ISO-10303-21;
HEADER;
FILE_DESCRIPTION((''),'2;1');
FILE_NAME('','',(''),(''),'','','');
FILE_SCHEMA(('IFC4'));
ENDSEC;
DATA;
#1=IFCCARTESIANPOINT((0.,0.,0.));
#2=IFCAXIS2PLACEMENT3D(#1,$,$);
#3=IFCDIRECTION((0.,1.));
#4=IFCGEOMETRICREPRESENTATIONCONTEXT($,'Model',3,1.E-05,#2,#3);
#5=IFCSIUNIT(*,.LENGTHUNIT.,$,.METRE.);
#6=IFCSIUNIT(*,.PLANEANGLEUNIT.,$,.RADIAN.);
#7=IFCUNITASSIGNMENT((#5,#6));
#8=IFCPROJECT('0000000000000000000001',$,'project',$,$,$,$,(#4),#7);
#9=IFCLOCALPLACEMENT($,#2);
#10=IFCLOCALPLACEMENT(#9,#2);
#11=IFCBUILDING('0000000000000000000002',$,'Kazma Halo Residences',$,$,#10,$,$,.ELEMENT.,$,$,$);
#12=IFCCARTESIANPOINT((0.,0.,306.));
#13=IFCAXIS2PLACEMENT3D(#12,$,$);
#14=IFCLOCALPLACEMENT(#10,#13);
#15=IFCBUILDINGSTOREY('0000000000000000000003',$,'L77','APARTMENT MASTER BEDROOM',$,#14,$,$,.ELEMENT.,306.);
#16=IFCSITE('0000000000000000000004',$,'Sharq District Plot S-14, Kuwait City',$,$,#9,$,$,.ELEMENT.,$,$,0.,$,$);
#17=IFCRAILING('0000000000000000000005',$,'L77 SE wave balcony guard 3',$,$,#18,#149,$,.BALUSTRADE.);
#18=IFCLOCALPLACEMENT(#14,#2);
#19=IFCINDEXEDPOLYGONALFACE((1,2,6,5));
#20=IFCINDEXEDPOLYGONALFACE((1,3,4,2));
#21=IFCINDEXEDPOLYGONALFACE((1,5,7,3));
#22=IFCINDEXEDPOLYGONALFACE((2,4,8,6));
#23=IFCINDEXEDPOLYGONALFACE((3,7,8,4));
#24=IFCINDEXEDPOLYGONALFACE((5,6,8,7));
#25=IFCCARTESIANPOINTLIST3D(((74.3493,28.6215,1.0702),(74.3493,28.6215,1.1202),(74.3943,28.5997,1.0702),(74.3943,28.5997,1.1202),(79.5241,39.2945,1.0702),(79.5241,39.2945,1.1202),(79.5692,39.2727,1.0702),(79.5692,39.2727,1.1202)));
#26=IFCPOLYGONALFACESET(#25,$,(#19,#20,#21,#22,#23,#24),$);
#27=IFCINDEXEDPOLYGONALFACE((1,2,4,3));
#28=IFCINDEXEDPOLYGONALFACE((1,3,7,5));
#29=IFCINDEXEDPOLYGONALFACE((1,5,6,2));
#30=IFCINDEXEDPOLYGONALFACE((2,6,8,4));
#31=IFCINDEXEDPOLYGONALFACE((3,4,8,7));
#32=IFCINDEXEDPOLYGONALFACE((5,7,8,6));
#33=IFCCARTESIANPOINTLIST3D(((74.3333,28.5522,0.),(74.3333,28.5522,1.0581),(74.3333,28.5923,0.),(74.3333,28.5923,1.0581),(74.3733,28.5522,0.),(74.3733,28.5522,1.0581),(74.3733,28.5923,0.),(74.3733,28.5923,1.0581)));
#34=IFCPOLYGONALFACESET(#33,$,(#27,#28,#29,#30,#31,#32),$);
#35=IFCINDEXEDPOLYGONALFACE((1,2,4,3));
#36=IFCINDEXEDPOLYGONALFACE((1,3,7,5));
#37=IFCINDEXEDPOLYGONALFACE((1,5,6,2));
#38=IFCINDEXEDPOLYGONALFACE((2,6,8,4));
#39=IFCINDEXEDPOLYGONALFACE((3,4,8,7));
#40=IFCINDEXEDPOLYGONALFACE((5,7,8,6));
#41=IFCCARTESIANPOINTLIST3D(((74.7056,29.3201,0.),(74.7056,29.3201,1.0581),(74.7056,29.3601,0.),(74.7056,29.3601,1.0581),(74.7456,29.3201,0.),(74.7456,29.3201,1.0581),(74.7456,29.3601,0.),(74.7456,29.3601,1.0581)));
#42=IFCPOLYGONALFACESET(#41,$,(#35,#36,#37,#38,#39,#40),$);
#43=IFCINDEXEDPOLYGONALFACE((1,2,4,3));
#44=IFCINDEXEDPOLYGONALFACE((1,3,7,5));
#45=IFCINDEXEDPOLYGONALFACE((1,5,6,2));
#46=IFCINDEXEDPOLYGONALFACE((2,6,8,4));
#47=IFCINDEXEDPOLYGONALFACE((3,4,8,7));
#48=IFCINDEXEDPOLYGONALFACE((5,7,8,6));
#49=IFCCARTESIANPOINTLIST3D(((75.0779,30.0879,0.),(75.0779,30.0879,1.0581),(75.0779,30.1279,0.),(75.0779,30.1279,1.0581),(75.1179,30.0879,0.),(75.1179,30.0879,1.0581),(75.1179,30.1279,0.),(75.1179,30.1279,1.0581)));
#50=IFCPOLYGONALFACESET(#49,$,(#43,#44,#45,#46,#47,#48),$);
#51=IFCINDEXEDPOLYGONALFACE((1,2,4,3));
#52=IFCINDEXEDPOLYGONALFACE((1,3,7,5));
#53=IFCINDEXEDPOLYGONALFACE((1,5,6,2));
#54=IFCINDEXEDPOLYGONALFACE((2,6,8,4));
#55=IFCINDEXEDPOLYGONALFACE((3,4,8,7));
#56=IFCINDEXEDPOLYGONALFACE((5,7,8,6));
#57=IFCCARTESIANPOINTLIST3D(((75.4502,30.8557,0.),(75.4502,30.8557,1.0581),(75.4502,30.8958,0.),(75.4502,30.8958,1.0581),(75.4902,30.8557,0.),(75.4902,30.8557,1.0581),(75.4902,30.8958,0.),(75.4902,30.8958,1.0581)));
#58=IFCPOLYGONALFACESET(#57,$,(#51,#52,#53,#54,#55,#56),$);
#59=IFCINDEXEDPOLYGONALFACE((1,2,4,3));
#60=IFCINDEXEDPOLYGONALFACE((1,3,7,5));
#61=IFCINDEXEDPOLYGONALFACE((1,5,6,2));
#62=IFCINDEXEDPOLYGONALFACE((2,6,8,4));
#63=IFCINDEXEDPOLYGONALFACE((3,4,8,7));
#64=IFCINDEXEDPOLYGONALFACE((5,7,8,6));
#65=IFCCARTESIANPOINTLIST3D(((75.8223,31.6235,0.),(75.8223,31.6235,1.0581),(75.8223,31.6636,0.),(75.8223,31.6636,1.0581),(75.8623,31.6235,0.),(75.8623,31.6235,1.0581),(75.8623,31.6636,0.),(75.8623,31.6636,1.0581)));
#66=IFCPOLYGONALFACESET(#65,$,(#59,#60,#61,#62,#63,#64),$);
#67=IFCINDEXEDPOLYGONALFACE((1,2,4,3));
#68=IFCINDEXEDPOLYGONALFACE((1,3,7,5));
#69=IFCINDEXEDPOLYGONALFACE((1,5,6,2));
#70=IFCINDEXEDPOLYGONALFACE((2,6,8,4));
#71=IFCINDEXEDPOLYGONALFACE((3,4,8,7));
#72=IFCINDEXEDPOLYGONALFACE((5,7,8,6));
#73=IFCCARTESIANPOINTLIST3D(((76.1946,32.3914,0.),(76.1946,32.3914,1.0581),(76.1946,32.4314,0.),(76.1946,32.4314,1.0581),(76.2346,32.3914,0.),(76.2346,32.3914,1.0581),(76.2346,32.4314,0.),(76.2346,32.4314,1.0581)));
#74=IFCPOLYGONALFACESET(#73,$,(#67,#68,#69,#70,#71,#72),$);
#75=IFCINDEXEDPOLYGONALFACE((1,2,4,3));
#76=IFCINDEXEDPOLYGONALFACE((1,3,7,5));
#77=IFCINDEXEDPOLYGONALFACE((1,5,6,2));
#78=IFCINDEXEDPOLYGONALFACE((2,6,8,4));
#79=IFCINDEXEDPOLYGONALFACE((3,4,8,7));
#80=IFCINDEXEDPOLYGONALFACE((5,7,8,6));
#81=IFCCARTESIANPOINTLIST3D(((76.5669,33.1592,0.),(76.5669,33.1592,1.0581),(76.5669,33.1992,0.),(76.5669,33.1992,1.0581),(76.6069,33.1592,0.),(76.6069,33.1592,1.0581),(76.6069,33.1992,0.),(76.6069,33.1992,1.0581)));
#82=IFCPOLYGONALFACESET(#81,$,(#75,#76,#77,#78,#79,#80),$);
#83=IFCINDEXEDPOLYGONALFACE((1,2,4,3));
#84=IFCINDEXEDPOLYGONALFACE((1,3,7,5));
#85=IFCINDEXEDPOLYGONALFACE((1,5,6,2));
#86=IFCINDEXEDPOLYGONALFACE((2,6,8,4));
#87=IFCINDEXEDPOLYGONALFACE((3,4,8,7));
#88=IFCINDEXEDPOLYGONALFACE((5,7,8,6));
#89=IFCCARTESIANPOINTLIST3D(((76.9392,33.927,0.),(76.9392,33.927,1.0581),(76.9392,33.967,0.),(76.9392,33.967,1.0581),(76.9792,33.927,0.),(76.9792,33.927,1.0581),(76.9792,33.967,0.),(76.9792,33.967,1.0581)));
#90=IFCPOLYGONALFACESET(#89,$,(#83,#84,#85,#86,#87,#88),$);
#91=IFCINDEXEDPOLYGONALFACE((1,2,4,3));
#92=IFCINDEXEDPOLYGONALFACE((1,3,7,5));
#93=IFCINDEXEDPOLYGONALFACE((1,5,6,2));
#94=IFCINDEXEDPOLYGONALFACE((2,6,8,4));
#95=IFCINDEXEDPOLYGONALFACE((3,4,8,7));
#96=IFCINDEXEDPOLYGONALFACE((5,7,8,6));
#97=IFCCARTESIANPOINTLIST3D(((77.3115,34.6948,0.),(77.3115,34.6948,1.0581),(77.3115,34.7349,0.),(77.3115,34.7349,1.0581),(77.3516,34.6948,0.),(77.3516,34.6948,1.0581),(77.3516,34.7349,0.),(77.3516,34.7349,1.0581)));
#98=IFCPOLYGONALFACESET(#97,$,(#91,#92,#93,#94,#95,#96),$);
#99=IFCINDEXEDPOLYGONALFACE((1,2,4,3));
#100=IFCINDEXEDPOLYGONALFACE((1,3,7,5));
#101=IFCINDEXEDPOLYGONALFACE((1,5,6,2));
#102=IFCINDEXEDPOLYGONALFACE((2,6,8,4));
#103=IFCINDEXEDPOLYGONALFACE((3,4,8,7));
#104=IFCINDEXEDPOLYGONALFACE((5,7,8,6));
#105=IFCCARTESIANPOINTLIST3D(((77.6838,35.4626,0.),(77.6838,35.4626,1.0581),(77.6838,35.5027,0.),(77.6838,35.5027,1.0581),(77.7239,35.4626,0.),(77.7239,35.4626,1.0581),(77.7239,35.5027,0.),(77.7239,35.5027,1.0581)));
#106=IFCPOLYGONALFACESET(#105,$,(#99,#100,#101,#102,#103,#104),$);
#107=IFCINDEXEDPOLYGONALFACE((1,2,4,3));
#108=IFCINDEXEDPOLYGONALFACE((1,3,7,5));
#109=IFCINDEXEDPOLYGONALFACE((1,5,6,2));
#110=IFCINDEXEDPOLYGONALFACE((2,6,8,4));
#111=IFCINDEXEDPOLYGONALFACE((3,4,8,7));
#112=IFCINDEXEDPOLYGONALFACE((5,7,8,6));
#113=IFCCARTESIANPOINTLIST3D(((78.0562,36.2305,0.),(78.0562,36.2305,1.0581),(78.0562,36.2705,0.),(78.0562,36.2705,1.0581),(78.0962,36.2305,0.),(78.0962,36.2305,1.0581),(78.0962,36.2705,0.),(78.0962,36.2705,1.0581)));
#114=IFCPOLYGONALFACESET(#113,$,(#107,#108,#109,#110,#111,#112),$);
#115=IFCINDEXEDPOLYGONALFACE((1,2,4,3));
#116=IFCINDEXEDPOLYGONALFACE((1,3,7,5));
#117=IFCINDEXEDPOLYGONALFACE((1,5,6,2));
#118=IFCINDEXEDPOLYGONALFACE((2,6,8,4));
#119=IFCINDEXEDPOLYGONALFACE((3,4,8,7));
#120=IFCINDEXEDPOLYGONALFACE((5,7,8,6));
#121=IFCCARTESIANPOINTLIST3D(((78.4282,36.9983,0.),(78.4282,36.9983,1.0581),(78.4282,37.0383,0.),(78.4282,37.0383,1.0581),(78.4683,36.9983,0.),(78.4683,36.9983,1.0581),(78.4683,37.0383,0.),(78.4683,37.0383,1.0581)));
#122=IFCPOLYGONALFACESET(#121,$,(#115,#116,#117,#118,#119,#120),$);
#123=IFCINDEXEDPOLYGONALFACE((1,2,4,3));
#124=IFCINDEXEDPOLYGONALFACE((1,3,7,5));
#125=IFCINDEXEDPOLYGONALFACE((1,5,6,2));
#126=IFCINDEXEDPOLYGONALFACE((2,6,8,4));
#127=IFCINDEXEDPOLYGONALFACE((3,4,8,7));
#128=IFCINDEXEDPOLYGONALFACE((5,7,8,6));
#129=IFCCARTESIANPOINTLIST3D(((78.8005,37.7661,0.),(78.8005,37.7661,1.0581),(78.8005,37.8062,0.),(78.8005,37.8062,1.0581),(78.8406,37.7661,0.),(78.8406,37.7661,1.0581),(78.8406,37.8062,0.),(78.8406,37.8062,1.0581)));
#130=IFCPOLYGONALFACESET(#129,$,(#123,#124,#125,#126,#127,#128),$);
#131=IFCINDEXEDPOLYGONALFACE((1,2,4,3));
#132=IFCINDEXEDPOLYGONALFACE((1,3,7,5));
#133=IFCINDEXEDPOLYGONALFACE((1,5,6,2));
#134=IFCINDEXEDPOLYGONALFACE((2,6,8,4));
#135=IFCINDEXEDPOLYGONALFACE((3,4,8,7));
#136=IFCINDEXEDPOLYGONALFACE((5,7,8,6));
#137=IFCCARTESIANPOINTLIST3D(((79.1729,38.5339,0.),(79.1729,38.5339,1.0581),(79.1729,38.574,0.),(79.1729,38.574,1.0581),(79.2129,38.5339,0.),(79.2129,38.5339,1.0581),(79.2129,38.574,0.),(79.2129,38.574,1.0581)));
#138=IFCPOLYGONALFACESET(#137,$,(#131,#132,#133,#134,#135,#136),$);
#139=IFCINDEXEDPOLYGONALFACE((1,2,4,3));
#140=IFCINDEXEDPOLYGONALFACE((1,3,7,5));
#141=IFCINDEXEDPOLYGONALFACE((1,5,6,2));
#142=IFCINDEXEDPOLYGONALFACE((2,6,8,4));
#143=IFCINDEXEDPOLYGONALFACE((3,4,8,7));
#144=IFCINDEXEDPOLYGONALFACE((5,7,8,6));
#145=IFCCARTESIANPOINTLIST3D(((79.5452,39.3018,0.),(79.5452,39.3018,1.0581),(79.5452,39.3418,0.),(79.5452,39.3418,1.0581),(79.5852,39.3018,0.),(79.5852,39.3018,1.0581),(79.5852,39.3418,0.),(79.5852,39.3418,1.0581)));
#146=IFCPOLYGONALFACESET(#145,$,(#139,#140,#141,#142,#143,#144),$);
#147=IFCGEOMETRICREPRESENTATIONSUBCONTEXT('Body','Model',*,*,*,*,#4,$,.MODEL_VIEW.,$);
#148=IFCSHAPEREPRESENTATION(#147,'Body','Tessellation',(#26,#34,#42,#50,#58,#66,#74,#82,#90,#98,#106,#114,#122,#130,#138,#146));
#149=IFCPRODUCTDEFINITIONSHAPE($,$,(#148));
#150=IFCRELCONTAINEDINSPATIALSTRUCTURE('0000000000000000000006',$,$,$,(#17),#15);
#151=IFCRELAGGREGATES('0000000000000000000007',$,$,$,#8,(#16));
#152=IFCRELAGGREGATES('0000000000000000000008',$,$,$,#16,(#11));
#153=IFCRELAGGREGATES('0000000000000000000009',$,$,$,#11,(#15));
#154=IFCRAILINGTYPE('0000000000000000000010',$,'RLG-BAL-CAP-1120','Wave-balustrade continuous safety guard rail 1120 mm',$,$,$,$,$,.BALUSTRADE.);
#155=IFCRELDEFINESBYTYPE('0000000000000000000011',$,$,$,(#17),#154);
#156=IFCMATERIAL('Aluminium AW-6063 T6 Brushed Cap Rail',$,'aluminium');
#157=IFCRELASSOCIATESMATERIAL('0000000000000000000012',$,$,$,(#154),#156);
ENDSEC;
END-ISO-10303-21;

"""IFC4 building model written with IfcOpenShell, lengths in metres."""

from ifc_helpers import new_model, si_unit, direction, frame, origin, origin_2d, place, context, subcontext, project, spatial, rectangle, extrude, material, type_object, element, save


model = new_model("IFC4")

# Units and contexts
model_context = context("Model", 3, precision=1e-05, world=origin(), true_north=direction((0.0, 1.0)))
body_context = subcontext(model_context, "Body", "Model", "MODEL_VIEW")
ifc_project = project(units=[si_unit("LENGTHUNIT", "METRE"), si_unit("PLANEANGLEUNIT", "RADIAN")], contexts=[model_context])

# Site, building, storey
site_placement = place(None, origin())
site = spatial("IfcSite", under=ifc_project, at=site_placement, Name="Sharq District Plot S-14, Kuwait City", CompositionType="ELEMENT", RefElevation=0.0)
building_placement = place(site_placement, origin())
building = spatial("IfcBuilding", under=site, at=building_placement, Name="Kazma Halo Residences", CompositionType="ELEMENT")
storey_placement = place(building_placement, frame((0.0, 0.0, 306.0)))
storey = spatial("IfcBuildingStorey", under=building, at=storey_placement, Name="L77", Description="APARTMENT MASTER BEDROOM", CompositionType="ELEMENT", Elevation=306.0)

# Railing
ifc_material_1 = material(Name="Aluminium AW-6063 T6 Brushed Cap Rail", Category="aluminium")
railing_type = type_object("IfcRailingType", Name="RLG-BAL-CAP-1120", Description="Wave-balustrade continuous safety guard rail 1120 mm", PredefinedType="BALUSTRADE", material=ifc_material_1)
railing_1_placement = place(storey_placement, frame((74.3533, 28.5723, 0.0)))
element("IfcRailing", 1, at=railing_1_placement, inside=storey, type_object=railing_type, Name="L77 SE wave balcony guard 3", PredefinedType="BALUSTRADE", context=body_context, shape_type="SweptSolid", body=[
    extrude(rectangle(XDim=0.05, YDim=0.05, at=origin_2d()), frame((0.0186, 0.0383, 1.0952), z_axis=(0.436276, 0.899813, 0.0), x_axis=(-0.899813, 0.436276, 0.0)), (0.0, 0.0, 1.0), 11.8613),
    extrude(rectangle(XDim=0.04, YDim=0.04, at=origin_2d()), origin(), (0.0, 0.0, 1.0), 1.0581),
    extrude(rectangle(XDim=0.04, YDim=0.04, at=origin_2d()), frame((0.3723, 0.7678, 0.0)), (0.0, 0.0, 1.0), 1.0581),
    extrude(rectangle(XDim=0.04, YDim=0.04, at=origin_2d()), frame((0.7446, 1.5356, 0.0)), (0.0, 0.0, 1.0), 1.0581),
    extrude(rectangle(XDim=0.04, YDim=0.04, at=origin_2d()), frame((1.1169, 2.3035, 0.0)), (0.0, 0.0, 1.0), 1.0581),
    extrude(rectangle(XDim=0.04, YDim=0.04, at=origin_2d()), frame((1.489, 3.0713, 0.0)), (0.0, 0.0, 1.0), 1.0581),
    extrude(rectangle(XDim=0.04, YDim=0.04, at=origin_2d()), frame((1.8613, 3.8391, 0.0)), (0.0, 0.0, 1.0), 1.0581),
    extrude(rectangle(XDim=0.04, YDim=0.04, at=origin_2d()), frame((2.2336, 4.6069, 0.0)), (0.0, 0.0, 1.0), 1.0581),
    extrude(rectangle(XDim=0.04, YDim=0.04, at=origin_2d()), frame((2.606, 5.3748, 0.0)), (0.0, 0.0, 1.0), 1.0581),
    extrude(rectangle(XDim=0.04, YDim=0.04, at=origin_2d()), frame((2.9783, 6.1426, 0.0)), (0.0, 0.0, 1.0), 1.0581),
    extrude(rectangle(XDim=0.04, YDim=0.04, at=origin_2d()), frame((3.3506, 6.9104, 0.0)), (0.0, 0.0, 1.0), 1.0581),
    extrude(rectangle(XDim=0.04, YDim=0.04, at=origin_2d()), frame((3.7229, 7.6782, 0.0)), (0.0, 0.0, 1.0), 1.0581),
    extrude(rectangle(XDim=0.04, YDim=0.04, at=origin_2d()), frame((4.095, 8.446, 0.0)), (0.0, 0.0, 1.0), 1.0581),
    extrude(rectangle(XDim=0.04, YDim=0.04, at=origin_2d()), frame((4.4673, 9.2139, 0.0)), (0.0, 0.0, 1.0), 1.0581),
    extrude(rectangle(XDim=0.04, YDim=0.04, at=origin_2d()), frame((4.8396, 9.9817, 0.0)), (0.0, 0.0, 1.0), 1.0581),
    extrude(rectangle(XDim=0.04, YDim=0.04, at=origin_2d()), frame((5.2119, 10.7495, 0.0)), (0.0, 0.0, 1.0), 1.0581),
])

save(model, "model.ifc")
